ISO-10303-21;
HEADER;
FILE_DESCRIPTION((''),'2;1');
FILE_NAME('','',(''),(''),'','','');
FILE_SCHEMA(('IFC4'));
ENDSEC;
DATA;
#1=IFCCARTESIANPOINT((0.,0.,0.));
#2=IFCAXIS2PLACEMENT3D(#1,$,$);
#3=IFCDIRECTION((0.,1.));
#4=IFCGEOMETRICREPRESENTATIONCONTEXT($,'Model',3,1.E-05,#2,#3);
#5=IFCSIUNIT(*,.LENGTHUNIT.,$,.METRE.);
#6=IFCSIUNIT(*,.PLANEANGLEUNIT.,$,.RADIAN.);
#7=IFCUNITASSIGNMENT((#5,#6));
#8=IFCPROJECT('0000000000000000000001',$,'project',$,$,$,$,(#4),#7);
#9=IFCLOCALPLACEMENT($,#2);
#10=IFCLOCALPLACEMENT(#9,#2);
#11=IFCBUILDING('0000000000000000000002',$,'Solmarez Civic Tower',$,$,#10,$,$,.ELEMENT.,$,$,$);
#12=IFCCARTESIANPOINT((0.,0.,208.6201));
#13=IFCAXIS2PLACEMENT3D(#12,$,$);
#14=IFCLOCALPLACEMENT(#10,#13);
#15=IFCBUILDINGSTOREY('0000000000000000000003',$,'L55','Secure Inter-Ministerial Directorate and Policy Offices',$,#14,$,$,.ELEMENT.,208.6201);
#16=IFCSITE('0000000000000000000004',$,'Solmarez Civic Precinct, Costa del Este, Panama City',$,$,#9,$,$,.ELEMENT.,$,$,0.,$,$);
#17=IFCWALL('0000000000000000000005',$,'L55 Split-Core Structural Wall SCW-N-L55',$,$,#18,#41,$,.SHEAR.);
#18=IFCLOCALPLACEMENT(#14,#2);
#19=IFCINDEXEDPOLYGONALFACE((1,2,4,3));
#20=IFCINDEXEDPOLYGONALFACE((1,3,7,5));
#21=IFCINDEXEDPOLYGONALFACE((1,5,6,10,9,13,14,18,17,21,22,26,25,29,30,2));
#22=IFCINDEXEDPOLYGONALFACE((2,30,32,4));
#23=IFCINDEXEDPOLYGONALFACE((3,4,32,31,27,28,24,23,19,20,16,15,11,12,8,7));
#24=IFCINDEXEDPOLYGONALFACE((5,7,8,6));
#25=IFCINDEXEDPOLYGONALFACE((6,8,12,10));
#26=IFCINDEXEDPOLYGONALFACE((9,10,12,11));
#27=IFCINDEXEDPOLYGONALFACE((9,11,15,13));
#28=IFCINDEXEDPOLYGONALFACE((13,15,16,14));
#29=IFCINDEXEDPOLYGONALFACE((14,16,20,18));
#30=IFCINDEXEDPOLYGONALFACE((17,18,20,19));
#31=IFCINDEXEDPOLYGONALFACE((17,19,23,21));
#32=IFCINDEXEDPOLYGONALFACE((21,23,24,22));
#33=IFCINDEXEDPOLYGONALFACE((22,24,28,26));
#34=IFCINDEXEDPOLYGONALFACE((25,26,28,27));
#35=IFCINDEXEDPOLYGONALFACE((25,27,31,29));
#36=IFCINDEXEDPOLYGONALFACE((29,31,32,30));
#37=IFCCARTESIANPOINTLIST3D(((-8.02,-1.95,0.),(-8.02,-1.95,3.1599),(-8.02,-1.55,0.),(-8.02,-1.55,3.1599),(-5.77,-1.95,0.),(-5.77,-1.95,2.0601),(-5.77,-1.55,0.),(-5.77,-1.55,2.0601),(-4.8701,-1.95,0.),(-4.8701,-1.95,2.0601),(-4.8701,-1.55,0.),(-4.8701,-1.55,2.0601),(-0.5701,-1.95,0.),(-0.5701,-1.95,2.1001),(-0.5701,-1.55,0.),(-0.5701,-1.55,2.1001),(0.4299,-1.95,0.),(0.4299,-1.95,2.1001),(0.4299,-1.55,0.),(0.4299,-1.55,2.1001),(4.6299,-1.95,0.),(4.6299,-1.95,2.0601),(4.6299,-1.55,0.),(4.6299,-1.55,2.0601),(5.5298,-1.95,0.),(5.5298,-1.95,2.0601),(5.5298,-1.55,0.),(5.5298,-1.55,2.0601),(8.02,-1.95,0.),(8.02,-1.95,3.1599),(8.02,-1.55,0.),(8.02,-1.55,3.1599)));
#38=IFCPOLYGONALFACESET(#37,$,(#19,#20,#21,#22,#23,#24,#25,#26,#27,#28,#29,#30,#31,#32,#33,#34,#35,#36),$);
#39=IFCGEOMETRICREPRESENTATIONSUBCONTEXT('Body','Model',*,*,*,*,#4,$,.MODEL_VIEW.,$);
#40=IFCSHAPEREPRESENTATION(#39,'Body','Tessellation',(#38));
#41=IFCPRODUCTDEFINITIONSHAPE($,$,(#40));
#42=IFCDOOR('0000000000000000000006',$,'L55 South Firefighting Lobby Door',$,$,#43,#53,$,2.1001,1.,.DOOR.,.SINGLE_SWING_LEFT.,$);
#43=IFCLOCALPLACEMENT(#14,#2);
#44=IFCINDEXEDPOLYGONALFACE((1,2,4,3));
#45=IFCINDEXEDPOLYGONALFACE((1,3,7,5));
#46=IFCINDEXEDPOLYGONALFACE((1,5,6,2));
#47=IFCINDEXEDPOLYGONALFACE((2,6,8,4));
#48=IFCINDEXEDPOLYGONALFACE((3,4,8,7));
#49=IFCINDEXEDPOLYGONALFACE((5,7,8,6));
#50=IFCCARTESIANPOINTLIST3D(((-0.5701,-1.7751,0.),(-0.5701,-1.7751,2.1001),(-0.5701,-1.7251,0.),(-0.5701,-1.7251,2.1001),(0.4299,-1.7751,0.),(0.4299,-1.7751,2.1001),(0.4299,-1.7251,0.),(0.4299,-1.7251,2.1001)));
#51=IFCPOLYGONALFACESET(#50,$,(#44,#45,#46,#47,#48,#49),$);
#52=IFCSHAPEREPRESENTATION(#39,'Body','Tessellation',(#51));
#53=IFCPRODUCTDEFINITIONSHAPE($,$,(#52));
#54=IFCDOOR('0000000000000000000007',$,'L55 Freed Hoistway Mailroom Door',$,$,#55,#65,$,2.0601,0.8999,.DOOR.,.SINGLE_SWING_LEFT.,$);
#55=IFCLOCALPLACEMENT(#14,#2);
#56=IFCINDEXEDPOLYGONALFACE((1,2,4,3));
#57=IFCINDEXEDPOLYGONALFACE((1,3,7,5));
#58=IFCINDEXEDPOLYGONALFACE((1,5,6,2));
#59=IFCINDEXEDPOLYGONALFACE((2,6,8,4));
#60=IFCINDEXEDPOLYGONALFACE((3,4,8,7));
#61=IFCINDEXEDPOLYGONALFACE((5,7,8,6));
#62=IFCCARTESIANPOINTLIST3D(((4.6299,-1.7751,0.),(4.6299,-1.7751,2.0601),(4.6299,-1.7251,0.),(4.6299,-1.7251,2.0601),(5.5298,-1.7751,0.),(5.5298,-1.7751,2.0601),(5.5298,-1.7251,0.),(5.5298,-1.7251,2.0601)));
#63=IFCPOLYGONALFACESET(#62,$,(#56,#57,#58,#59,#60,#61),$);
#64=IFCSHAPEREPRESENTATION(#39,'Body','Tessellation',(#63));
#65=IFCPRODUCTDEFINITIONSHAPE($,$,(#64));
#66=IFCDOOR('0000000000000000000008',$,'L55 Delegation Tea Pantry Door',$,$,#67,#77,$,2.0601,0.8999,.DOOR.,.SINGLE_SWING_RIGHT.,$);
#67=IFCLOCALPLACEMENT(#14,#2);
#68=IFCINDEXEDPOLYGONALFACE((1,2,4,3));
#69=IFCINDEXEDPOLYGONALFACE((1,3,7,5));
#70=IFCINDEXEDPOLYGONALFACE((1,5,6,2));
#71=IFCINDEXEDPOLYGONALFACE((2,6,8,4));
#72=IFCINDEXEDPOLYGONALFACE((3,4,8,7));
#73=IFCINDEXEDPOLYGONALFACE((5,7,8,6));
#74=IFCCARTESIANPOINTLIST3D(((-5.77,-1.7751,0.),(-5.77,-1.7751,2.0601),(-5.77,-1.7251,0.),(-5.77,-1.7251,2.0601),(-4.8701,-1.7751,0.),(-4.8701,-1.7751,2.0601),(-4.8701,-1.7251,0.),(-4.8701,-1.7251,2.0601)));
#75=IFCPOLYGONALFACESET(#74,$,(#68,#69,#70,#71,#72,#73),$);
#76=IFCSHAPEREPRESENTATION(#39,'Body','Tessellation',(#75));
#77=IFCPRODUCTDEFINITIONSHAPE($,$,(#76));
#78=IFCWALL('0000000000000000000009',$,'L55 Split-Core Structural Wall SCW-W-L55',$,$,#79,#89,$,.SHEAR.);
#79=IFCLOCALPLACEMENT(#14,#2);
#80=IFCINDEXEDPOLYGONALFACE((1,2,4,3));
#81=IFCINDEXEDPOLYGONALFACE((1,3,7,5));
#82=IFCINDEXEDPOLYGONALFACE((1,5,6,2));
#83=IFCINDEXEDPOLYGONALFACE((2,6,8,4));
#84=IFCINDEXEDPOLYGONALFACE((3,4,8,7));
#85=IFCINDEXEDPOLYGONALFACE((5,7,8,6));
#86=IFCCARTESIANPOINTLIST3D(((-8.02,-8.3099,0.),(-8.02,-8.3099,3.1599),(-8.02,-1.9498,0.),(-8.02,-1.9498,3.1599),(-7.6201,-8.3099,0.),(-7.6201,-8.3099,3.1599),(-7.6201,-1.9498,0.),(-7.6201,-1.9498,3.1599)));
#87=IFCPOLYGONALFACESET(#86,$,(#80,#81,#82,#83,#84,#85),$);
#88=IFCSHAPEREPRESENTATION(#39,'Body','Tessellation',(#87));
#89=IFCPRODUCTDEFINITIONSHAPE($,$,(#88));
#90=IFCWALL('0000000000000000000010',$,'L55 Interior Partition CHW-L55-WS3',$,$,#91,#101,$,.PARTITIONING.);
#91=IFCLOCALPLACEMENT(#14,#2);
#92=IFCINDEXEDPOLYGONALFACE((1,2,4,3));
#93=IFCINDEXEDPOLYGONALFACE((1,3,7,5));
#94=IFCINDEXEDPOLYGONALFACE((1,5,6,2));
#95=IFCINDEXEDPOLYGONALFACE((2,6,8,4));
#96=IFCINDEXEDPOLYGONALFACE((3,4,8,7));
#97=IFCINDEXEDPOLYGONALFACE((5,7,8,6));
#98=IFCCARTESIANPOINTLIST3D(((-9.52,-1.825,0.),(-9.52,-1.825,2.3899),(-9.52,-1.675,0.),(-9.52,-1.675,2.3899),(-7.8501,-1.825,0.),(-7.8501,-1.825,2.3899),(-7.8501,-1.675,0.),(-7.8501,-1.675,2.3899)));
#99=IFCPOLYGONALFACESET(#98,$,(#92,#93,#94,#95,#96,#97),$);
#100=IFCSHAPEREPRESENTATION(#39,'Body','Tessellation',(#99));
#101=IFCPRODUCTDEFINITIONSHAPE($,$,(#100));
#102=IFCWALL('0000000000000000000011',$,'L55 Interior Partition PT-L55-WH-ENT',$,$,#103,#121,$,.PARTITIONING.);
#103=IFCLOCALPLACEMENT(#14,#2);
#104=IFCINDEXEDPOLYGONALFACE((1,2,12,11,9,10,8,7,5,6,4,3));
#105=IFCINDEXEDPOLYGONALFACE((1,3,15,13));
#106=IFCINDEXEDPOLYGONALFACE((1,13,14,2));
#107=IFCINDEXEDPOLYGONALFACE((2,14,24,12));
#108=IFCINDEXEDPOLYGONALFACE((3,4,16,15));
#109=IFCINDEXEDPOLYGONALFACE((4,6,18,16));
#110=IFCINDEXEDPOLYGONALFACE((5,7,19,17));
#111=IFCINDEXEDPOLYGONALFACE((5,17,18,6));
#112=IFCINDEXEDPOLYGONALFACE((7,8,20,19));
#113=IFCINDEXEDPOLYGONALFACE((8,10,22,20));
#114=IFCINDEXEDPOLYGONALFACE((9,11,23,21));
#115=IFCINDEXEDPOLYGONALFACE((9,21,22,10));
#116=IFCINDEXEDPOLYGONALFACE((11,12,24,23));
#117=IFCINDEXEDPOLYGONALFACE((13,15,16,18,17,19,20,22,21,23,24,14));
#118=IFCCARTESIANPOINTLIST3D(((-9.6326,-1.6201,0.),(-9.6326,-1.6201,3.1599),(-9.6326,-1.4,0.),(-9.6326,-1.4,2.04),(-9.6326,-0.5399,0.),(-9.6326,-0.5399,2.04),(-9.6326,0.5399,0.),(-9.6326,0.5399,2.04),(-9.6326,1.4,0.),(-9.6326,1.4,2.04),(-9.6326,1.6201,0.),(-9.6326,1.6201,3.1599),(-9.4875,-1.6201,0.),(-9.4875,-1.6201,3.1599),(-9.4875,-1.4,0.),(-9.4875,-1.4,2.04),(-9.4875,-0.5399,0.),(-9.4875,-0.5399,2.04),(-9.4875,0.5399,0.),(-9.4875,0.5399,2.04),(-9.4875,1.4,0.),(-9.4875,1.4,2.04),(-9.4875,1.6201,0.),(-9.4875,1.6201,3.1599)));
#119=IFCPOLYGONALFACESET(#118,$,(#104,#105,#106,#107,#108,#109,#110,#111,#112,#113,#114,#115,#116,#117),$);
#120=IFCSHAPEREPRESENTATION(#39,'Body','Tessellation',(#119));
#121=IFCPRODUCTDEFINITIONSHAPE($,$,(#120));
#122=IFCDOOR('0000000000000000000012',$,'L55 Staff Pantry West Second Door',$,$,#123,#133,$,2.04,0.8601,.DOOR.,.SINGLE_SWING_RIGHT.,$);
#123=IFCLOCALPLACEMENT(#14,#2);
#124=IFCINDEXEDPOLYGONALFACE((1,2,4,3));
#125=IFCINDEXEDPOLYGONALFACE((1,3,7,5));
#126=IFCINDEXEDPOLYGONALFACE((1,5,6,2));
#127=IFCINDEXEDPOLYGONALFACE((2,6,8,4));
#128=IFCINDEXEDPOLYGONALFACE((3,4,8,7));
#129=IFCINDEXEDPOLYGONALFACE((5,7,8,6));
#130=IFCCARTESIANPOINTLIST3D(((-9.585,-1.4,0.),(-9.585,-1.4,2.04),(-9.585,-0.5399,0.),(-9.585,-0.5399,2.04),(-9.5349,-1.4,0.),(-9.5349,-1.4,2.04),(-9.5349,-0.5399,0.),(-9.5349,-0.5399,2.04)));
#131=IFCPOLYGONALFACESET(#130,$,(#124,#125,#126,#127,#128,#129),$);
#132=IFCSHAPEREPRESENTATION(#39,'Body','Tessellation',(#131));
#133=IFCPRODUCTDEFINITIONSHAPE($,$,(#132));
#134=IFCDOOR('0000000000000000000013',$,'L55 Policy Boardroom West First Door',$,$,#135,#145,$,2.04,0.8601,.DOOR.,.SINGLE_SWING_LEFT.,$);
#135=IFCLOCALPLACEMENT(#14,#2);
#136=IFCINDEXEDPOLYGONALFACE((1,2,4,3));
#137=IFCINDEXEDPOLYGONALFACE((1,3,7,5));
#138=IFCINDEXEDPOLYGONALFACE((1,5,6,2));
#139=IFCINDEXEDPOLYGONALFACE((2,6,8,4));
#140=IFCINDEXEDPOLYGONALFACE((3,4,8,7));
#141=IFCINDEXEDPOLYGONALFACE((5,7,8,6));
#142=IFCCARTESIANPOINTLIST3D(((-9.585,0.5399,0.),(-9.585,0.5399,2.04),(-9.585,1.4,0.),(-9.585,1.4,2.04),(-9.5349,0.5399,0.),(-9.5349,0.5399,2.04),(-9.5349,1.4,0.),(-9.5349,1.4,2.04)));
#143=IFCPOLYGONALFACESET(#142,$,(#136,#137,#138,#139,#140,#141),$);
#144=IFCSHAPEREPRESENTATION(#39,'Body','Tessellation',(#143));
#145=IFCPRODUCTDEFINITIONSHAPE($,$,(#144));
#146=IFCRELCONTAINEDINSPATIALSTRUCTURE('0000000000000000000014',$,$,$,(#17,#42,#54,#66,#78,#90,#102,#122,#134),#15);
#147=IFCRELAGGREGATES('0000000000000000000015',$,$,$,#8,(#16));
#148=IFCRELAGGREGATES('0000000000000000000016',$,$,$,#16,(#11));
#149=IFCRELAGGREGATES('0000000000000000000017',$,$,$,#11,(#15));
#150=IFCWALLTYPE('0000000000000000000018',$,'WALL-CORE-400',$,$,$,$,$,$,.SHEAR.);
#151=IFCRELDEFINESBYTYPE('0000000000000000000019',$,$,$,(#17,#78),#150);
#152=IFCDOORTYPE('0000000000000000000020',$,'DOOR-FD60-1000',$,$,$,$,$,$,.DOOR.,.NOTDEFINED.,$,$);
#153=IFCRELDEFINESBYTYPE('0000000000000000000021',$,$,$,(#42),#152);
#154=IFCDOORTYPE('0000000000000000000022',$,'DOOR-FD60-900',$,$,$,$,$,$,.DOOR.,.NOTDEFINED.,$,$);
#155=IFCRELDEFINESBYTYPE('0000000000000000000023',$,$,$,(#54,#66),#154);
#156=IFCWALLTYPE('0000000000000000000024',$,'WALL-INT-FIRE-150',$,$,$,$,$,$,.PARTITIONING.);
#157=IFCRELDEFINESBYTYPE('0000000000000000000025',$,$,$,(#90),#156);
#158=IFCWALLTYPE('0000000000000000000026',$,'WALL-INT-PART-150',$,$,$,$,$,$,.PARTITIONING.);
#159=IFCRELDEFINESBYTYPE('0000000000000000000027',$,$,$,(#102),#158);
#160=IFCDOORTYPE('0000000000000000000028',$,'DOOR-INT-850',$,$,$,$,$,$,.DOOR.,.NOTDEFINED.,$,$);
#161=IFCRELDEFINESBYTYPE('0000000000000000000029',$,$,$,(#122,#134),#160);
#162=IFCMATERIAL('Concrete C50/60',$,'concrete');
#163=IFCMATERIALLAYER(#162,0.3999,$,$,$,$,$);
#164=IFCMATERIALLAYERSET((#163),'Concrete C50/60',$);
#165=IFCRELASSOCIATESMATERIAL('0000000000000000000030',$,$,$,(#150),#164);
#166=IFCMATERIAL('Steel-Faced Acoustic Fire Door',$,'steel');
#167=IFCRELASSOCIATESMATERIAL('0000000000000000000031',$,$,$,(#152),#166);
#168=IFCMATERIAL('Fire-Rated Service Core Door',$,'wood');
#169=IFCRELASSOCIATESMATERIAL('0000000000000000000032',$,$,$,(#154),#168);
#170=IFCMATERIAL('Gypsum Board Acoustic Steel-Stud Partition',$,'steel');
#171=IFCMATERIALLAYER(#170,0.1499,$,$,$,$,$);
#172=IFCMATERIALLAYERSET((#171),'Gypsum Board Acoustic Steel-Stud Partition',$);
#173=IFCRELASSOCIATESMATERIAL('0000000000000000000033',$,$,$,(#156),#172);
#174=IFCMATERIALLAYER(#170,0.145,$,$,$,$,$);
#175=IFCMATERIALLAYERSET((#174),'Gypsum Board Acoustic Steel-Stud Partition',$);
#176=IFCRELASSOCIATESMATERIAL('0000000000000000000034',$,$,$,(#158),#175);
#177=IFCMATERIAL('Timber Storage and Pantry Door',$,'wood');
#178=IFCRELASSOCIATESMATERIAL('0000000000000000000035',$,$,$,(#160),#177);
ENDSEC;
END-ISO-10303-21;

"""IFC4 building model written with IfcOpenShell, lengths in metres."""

from ifc_helpers import new_model, si_unit, direction, frame, frame_2d, origin, place, context, subcontext, project, spatial, rectangle, extrude, material, layer, layer_set, type_object, element, fill, save


model = new_model("IFC4")

# Units and contexts
model_context = context("Model", 3, precision=1e-05, world=origin(), true_north=direction((0.0, 1.0)))
body_context = subcontext(model_context, "Body", "Model", "MODEL_VIEW")
ifc_project = project(units=[si_unit("LENGTHUNIT", "METRE"), si_unit("PLANEANGLEUNIT", "RADIAN")], contexts=[model_context])

# Site, building, storey
site_placement = place(None, origin())
site = spatial("IfcSite", under=ifc_project, at=site_placement, Name="Solmarez Civic Precinct, Costa del Este, Panama City", CompositionType="ELEMENT", RefElevation=0.0)
building_placement = place(site_placement, origin())
building = spatial("IfcBuilding", under=site, at=building_placement, Name="Solmarez Civic Tower", CompositionType="ELEMENT")
storey_placement = place(building_placement, frame((0.0, 0.0, 208.6201)))
storey = spatial("IfcBuildingStorey", under=building, at=storey_placement, Name="L55", Description="Secure Inter-Ministerial Directorate and Policy Offices", CompositionType="ELEMENT", Elevation=208.6201)

# Shared definitions
ifc_material_1 = material(Name="Concrete C50/60", Category="concrete")

# Wall, openings, doors
ifc_layer_1 = layer(ifc_material_1, 0.3999)
ifc_layer_set_1 = layer_set([ifc_layer_1], Name="Concrete C50/60")
wall_type_1 = type_object("IfcWallType", Name="WALL-CORE-400", PredefinedType="SHEAR", material=ifc_layer_set_1)
wall_1_placement = place(storey_placement, frame((-8.02, -1.75, 0.0), z_axis=(0.0, 0.0, 1.0), x_axis=(1.0, 0.0, 0.0)))
wall_1 = element("IfcWall", 1, at=wall_1_placement, inside=storey, type_object=wall_type_1, Name="L55 Split-Core Structural Wall SCW-N-L55", PredefinedType="SHEAR", context=body_context, shape_type="SweptSolid", body=[
    extrude(rectangle(XDim=16.04, YDim=0.3999, at=frame_2d((8.02, 0.0))), origin(), (0.0, 0.0, 1.0), 3.1599),
])
opening_1_placement = place(wall_1_placement, frame((7.45, 0.0, 0.0)))
opening_1 = element("IfcOpeningElement", 2, at=opening_1_placement, cuts=wall_1, PredefinedType="OPENING", context=body_context, shape_type="SweptSolid", body=[
    extrude(rectangle(XDim=1.0, YDim=2.1001, at=frame_2d((0.5, 1.05))), frame((0.0, 0.21, 0.0), z_axis=(0.0, -1.0, 0.0), x_axis=(1.0, 0.0, 0.0)), (0.0, 0.0, 1.0), 0.4199),
])
opening_2_placement = place(wall_1_placement, frame((12.6499, 0.0, 0.0)))
opening_2 = element("IfcOpeningElement", 3, at=opening_2_placement, cuts=wall_1, PredefinedType="OPENING", context=body_context, shape_type="SweptSolid", body=[
    extrude(rectangle(XDim=0.8999, YDim=2.0601, at=frame_2d((0.45, 1.03))), frame((0.0, 0.21, 0.0), z_axis=(0.0, -1.0, 0.0), x_axis=(1.0, 0.0, 0.0)), (0.0, 0.0, 1.0), 0.4199),
])
opening_3_placement = place(wall_1_placement, frame((2.25, 0.0, 0.0)))
opening_3 = element("IfcOpeningElement", 4, at=opening_3_placement, cuts=wall_1, PredefinedType="OPENING", context=body_context, shape_type="SweptSolid", body=[
    extrude(rectangle(XDim=0.8999, YDim=2.0601, at=frame_2d((0.45, 1.03))), frame((0.0, 0.21, 0.0), z_axis=(0.0, -1.0, 0.0), x_axis=(1.0, 0.0, 0.0)), (0.0, 0.0, 1.0), 0.4199),
])
ifc_material_2 = material(Name="Steel-Faced Acoustic Fire Door", Category="steel")
door_type_1 = type_object("IfcDoorType", Name="DOOR-FD60-1000", OperationType="NOTDEFINED", PredefinedType="DOOR", material=ifc_material_2)
door_1_placement = place(opening_1_placement, origin())
door_1 = element("IfcDoor", 5, at=door_1_placement, inside=storey, type_object=door_type_1, Name="L55 South Firefighting Lobby Door", OperationType="SINGLE_SWING_LEFT", OverallHeight=2.1001, OverallWidth=1.0, PredefinedType="DOOR", context=body_context, shape_type="SweptSolid", body=[
    extrude(rectangle(XDim=1.0, YDim=2.1001, at=frame_2d((0.5, 1.05))), frame((0.0, 0.0249, 0.0), z_axis=(0.0, -1.0, 0.0), x_axis=(1.0, 0.0, 0.0)), (0.0, 0.0, 1.0), 0.05),
])
fill(opening_1, door_1)
ifc_material_3 = material(Name="Fire-Rated Service Core Door", Category="wood")
door_type_2 = type_object("IfcDoorType", Name="DOOR-FD60-900", OperationType="NOTDEFINED", PredefinedType="DOOR", material=ifc_material_3)
door_2_placement = place(opening_2_placement, origin())
door_2 = element("IfcDoor", 6, at=door_2_placement, inside=storey, type_object=door_type_2, Name="L55 Freed Hoistway Mailroom Door", OperationType="SINGLE_SWING_LEFT", OverallHeight=2.0601, OverallWidth=0.8999, PredefinedType="DOOR", context=body_context, shape_type="SweptSolid", body=[
    extrude(rectangle(XDim=0.8999, YDim=2.0601, at=frame_2d((0.45, 1.03))), frame((0.0, 0.0249, 0.0), z_axis=(0.0, -1.0, 0.0), x_axis=(1.0, 0.0, 0.0)), (0.0, 0.0, 1.0), 0.05),
])
fill(opening_2, door_2)
door_3_placement = place(opening_3_placement, origin())
door_3 = element("IfcDoor", 7, at=door_3_placement, inside=storey, type_object=door_type_2, Name="L55 Delegation Tea Pantry Door", OperationType="SINGLE_SWING_RIGHT", OverallHeight=2.0601, OverallWidth=0.8999, PredefinedType="DOOR", context=body_context, shape_type="SweptSolid", body=[
    extrude(rectangle(XDim=0.8999, YDim=2.0601, at=frame_2d((0.45, 1.03))), frame((0.0, 0.0249, 0.0), z_axis=(0.0, -1.0, 0.0), x_axis=(1.0, 0.0, 0.0)), (0.0, 0.0, 1.0), 0.05),
])
fill(opening_3, door_3)

# Walls
wall_2_placement = place(storey_placement, frame((-7.8201, -8.3101, 0.0), z_axis=(0.0, 0.0, 1.0), x_axis=(0.0, 1.0, 0.0)))
element("IfcWall", 8, at=wall_2_placement, inside=storey, type_object=wall_type_1, Name="L55 Split-Core Structural Wall SCW-W-L55", PredefinedType="SHEAR", context=body_context, shape_type="SweptSolid", body=[
    extrude(rectangle(XDim=6.3601, YDim=0.3999, at=frame_2d((3.1802, 0.0))), origin(), (0.0, 0.0, 1.0), 3.1599),
])
ifc_material_4 = material(Name="Gypsum Board Acoustic Steel-Stud Partition", Category="steel")
ifc_layer_2 = layer(ifc_material_4, 0.1499)
ifc_layer_set_2 = layer_set([ifc_layer_2], Name="Gypsum Board Acoustic Steel-Stud Partition")
wall_type_2 = type_object("IfcWallType", Name="WALL-INT-FIRE-150", PredefinedType="PARTITIONING", material=ifc_layer_set_2)
wall_3_placement = place(storey_placement, frame((-7.8501, -1.75, 0.0), z_axis=(0.0, 0.0, 1.0), x_axis=(-1.0, 0.0, 0.0)))
element("IfcWall", 9, at=wall_3_placement, inside=storey, type_object=wall_type_2, Name="L55 Interior Partition CHW-L55-WS3", PredefinedType="PARTITIONING", context=body_context, shape_type="SweptSolid", body=[
    extrude(rectangle(XDim=1.6699, YDim=0.1499, at=frame_2d((0.835, 0.0))), origin(), (0.0, 0.0, 1.0), 2.3899),
])

# Wall, openings, doors
ifc_layer_3 = layer(ifc_material_4, 0.145)
ifc_layer_set_3 = layer_set([ifc_layer_3], Name="Gypsum Board Acoustic Steel-Stud Partition")
wall_type_3 = type_object("IfcWallType", Name="WALL-INT-PART-150", PredefinedType="PARTITIONING", material=ifc_layer_set_3)
wall_4_placement = place(storey_placement, frame((-9.5601, -1.6201, 0.0), z_axis=(0.0, 0.0, 1.0), x_axis=(0.0, 1.0, 0.0)))
wall_4 = element("IfcWall", 10, at=wall_4_placement, inside=storey, type_object=wall_type_3, Name="L55 Interior Partition PT-L55-WH-ENT", PredefinedType="PARTITIONING", context=body_context, shape_type="SweptSolid", body=[
    extrude(rectangle(XDim=3.2402, YDim=0.145, at=frame_2d((1.6201, 0.0))), origin(), (0.0, 0.0, 1.0), 3.1599),
])
opening_4_placement = place(wall_4_placement, frame((0.22, 0.0, 0.0)))
opening_4 = element("IfcOpeningElement", 11, at=opening_4_placement, cuts=wall_4, PredefinedType="OPENING", context=body_context, shape_type="SweptSolid", body=[
    extrude(rectangle(XDim=0.8601, YDim=2.04, at=frame_2d((0.4302, 1.02))), frame((0.0, 0.0825, 0.0), z_axis=(0.0, -1.0, 0.0), x_axis=(1.0, 0.0, 0.0)), (0.0, 0.0, 1.0), 0.165),
])
opening_5_placement = place(wall_4_placement, frame((2.1599, 0.0, 0.0)))
opening_5 = element("IfcOpeningElement", 12, at=opening_5_placement, cuts=wall_4, PredefinedType="OPENING", context=body_context, shape_type="SweptSolid", body=[
    extrude(rectangle(XDim=0.8601, YDim=2.04, at=frame_2d((0.4302, 1.02))), frame((0.0, 0.0825, 0.0), z_axis=(0.0, -1.0, 0.0), x_axis=(1.0, 0.0, 0.0)), (0.0, 0.0, 1.0), 0.165),
])
ifc_material_5 = material(Name="Timber Storage and Pantry Door", Category="wood")
door_type_3 = type_object("IfcDoorType", Name="DOOR-INT-850", OperationType="NOTDEFINED", PredefinedType="DOOR", material=ifc_material_5)
door_4_placement = place(opening_4_placement, origin())
door_4 = element("IfcDoor", 13, at=door_4_placement, inside=storey, type_object=door_type_3, Name="L55 Staff Pantry West Second Door", OperationType="SINGLE_SWING_RIGHT", OverallHeight=2.04, OverallWidth=0.8601, PredefinedType="DOOR", context=body_context, shape_type="SweptSolid", body=[
    extrude(rectangle(XDim=0.8601, YDim=2.04, at=frame_2d((0.4302, 1.02))), frame((0.0, 0.0249, 0.0), z_axis=(0.0, -1.0, 0.0), x_axis=(1.0, 0.0, 0.0)), (0.0, 0.0, 1.0), 0.05),
])
fill(opening_4, door_4)
door_5_placement = place(opening_5_placement, origin())
door_5 = element("IfcDoor", 14, at=door_5_placement, inside=storey, type_object=door_type_3, Name="L55 Policy Boardroom West First Door", OperationType="SINGLE_SWING_LEFT", OverallHeight=2.04, OverallWidth=0.8601, PredefinedType="DOOR", context=body_context, shape_type="SweptSolid", body=[
    extrude(rectangle(XDim=0.8601, YDim=2.04, at=frame_2d((0.4302, 1.02))), frame((0.0, 0.0249, 0.0), z_axis=(0.0, -1.0, 0.0), x_axis=(1.0, 0.0, 0.0)), (0.0, 0.0, 1.0), 0.05),
])
fill(opening_5, door_5)

save(model, "model.ifc")
